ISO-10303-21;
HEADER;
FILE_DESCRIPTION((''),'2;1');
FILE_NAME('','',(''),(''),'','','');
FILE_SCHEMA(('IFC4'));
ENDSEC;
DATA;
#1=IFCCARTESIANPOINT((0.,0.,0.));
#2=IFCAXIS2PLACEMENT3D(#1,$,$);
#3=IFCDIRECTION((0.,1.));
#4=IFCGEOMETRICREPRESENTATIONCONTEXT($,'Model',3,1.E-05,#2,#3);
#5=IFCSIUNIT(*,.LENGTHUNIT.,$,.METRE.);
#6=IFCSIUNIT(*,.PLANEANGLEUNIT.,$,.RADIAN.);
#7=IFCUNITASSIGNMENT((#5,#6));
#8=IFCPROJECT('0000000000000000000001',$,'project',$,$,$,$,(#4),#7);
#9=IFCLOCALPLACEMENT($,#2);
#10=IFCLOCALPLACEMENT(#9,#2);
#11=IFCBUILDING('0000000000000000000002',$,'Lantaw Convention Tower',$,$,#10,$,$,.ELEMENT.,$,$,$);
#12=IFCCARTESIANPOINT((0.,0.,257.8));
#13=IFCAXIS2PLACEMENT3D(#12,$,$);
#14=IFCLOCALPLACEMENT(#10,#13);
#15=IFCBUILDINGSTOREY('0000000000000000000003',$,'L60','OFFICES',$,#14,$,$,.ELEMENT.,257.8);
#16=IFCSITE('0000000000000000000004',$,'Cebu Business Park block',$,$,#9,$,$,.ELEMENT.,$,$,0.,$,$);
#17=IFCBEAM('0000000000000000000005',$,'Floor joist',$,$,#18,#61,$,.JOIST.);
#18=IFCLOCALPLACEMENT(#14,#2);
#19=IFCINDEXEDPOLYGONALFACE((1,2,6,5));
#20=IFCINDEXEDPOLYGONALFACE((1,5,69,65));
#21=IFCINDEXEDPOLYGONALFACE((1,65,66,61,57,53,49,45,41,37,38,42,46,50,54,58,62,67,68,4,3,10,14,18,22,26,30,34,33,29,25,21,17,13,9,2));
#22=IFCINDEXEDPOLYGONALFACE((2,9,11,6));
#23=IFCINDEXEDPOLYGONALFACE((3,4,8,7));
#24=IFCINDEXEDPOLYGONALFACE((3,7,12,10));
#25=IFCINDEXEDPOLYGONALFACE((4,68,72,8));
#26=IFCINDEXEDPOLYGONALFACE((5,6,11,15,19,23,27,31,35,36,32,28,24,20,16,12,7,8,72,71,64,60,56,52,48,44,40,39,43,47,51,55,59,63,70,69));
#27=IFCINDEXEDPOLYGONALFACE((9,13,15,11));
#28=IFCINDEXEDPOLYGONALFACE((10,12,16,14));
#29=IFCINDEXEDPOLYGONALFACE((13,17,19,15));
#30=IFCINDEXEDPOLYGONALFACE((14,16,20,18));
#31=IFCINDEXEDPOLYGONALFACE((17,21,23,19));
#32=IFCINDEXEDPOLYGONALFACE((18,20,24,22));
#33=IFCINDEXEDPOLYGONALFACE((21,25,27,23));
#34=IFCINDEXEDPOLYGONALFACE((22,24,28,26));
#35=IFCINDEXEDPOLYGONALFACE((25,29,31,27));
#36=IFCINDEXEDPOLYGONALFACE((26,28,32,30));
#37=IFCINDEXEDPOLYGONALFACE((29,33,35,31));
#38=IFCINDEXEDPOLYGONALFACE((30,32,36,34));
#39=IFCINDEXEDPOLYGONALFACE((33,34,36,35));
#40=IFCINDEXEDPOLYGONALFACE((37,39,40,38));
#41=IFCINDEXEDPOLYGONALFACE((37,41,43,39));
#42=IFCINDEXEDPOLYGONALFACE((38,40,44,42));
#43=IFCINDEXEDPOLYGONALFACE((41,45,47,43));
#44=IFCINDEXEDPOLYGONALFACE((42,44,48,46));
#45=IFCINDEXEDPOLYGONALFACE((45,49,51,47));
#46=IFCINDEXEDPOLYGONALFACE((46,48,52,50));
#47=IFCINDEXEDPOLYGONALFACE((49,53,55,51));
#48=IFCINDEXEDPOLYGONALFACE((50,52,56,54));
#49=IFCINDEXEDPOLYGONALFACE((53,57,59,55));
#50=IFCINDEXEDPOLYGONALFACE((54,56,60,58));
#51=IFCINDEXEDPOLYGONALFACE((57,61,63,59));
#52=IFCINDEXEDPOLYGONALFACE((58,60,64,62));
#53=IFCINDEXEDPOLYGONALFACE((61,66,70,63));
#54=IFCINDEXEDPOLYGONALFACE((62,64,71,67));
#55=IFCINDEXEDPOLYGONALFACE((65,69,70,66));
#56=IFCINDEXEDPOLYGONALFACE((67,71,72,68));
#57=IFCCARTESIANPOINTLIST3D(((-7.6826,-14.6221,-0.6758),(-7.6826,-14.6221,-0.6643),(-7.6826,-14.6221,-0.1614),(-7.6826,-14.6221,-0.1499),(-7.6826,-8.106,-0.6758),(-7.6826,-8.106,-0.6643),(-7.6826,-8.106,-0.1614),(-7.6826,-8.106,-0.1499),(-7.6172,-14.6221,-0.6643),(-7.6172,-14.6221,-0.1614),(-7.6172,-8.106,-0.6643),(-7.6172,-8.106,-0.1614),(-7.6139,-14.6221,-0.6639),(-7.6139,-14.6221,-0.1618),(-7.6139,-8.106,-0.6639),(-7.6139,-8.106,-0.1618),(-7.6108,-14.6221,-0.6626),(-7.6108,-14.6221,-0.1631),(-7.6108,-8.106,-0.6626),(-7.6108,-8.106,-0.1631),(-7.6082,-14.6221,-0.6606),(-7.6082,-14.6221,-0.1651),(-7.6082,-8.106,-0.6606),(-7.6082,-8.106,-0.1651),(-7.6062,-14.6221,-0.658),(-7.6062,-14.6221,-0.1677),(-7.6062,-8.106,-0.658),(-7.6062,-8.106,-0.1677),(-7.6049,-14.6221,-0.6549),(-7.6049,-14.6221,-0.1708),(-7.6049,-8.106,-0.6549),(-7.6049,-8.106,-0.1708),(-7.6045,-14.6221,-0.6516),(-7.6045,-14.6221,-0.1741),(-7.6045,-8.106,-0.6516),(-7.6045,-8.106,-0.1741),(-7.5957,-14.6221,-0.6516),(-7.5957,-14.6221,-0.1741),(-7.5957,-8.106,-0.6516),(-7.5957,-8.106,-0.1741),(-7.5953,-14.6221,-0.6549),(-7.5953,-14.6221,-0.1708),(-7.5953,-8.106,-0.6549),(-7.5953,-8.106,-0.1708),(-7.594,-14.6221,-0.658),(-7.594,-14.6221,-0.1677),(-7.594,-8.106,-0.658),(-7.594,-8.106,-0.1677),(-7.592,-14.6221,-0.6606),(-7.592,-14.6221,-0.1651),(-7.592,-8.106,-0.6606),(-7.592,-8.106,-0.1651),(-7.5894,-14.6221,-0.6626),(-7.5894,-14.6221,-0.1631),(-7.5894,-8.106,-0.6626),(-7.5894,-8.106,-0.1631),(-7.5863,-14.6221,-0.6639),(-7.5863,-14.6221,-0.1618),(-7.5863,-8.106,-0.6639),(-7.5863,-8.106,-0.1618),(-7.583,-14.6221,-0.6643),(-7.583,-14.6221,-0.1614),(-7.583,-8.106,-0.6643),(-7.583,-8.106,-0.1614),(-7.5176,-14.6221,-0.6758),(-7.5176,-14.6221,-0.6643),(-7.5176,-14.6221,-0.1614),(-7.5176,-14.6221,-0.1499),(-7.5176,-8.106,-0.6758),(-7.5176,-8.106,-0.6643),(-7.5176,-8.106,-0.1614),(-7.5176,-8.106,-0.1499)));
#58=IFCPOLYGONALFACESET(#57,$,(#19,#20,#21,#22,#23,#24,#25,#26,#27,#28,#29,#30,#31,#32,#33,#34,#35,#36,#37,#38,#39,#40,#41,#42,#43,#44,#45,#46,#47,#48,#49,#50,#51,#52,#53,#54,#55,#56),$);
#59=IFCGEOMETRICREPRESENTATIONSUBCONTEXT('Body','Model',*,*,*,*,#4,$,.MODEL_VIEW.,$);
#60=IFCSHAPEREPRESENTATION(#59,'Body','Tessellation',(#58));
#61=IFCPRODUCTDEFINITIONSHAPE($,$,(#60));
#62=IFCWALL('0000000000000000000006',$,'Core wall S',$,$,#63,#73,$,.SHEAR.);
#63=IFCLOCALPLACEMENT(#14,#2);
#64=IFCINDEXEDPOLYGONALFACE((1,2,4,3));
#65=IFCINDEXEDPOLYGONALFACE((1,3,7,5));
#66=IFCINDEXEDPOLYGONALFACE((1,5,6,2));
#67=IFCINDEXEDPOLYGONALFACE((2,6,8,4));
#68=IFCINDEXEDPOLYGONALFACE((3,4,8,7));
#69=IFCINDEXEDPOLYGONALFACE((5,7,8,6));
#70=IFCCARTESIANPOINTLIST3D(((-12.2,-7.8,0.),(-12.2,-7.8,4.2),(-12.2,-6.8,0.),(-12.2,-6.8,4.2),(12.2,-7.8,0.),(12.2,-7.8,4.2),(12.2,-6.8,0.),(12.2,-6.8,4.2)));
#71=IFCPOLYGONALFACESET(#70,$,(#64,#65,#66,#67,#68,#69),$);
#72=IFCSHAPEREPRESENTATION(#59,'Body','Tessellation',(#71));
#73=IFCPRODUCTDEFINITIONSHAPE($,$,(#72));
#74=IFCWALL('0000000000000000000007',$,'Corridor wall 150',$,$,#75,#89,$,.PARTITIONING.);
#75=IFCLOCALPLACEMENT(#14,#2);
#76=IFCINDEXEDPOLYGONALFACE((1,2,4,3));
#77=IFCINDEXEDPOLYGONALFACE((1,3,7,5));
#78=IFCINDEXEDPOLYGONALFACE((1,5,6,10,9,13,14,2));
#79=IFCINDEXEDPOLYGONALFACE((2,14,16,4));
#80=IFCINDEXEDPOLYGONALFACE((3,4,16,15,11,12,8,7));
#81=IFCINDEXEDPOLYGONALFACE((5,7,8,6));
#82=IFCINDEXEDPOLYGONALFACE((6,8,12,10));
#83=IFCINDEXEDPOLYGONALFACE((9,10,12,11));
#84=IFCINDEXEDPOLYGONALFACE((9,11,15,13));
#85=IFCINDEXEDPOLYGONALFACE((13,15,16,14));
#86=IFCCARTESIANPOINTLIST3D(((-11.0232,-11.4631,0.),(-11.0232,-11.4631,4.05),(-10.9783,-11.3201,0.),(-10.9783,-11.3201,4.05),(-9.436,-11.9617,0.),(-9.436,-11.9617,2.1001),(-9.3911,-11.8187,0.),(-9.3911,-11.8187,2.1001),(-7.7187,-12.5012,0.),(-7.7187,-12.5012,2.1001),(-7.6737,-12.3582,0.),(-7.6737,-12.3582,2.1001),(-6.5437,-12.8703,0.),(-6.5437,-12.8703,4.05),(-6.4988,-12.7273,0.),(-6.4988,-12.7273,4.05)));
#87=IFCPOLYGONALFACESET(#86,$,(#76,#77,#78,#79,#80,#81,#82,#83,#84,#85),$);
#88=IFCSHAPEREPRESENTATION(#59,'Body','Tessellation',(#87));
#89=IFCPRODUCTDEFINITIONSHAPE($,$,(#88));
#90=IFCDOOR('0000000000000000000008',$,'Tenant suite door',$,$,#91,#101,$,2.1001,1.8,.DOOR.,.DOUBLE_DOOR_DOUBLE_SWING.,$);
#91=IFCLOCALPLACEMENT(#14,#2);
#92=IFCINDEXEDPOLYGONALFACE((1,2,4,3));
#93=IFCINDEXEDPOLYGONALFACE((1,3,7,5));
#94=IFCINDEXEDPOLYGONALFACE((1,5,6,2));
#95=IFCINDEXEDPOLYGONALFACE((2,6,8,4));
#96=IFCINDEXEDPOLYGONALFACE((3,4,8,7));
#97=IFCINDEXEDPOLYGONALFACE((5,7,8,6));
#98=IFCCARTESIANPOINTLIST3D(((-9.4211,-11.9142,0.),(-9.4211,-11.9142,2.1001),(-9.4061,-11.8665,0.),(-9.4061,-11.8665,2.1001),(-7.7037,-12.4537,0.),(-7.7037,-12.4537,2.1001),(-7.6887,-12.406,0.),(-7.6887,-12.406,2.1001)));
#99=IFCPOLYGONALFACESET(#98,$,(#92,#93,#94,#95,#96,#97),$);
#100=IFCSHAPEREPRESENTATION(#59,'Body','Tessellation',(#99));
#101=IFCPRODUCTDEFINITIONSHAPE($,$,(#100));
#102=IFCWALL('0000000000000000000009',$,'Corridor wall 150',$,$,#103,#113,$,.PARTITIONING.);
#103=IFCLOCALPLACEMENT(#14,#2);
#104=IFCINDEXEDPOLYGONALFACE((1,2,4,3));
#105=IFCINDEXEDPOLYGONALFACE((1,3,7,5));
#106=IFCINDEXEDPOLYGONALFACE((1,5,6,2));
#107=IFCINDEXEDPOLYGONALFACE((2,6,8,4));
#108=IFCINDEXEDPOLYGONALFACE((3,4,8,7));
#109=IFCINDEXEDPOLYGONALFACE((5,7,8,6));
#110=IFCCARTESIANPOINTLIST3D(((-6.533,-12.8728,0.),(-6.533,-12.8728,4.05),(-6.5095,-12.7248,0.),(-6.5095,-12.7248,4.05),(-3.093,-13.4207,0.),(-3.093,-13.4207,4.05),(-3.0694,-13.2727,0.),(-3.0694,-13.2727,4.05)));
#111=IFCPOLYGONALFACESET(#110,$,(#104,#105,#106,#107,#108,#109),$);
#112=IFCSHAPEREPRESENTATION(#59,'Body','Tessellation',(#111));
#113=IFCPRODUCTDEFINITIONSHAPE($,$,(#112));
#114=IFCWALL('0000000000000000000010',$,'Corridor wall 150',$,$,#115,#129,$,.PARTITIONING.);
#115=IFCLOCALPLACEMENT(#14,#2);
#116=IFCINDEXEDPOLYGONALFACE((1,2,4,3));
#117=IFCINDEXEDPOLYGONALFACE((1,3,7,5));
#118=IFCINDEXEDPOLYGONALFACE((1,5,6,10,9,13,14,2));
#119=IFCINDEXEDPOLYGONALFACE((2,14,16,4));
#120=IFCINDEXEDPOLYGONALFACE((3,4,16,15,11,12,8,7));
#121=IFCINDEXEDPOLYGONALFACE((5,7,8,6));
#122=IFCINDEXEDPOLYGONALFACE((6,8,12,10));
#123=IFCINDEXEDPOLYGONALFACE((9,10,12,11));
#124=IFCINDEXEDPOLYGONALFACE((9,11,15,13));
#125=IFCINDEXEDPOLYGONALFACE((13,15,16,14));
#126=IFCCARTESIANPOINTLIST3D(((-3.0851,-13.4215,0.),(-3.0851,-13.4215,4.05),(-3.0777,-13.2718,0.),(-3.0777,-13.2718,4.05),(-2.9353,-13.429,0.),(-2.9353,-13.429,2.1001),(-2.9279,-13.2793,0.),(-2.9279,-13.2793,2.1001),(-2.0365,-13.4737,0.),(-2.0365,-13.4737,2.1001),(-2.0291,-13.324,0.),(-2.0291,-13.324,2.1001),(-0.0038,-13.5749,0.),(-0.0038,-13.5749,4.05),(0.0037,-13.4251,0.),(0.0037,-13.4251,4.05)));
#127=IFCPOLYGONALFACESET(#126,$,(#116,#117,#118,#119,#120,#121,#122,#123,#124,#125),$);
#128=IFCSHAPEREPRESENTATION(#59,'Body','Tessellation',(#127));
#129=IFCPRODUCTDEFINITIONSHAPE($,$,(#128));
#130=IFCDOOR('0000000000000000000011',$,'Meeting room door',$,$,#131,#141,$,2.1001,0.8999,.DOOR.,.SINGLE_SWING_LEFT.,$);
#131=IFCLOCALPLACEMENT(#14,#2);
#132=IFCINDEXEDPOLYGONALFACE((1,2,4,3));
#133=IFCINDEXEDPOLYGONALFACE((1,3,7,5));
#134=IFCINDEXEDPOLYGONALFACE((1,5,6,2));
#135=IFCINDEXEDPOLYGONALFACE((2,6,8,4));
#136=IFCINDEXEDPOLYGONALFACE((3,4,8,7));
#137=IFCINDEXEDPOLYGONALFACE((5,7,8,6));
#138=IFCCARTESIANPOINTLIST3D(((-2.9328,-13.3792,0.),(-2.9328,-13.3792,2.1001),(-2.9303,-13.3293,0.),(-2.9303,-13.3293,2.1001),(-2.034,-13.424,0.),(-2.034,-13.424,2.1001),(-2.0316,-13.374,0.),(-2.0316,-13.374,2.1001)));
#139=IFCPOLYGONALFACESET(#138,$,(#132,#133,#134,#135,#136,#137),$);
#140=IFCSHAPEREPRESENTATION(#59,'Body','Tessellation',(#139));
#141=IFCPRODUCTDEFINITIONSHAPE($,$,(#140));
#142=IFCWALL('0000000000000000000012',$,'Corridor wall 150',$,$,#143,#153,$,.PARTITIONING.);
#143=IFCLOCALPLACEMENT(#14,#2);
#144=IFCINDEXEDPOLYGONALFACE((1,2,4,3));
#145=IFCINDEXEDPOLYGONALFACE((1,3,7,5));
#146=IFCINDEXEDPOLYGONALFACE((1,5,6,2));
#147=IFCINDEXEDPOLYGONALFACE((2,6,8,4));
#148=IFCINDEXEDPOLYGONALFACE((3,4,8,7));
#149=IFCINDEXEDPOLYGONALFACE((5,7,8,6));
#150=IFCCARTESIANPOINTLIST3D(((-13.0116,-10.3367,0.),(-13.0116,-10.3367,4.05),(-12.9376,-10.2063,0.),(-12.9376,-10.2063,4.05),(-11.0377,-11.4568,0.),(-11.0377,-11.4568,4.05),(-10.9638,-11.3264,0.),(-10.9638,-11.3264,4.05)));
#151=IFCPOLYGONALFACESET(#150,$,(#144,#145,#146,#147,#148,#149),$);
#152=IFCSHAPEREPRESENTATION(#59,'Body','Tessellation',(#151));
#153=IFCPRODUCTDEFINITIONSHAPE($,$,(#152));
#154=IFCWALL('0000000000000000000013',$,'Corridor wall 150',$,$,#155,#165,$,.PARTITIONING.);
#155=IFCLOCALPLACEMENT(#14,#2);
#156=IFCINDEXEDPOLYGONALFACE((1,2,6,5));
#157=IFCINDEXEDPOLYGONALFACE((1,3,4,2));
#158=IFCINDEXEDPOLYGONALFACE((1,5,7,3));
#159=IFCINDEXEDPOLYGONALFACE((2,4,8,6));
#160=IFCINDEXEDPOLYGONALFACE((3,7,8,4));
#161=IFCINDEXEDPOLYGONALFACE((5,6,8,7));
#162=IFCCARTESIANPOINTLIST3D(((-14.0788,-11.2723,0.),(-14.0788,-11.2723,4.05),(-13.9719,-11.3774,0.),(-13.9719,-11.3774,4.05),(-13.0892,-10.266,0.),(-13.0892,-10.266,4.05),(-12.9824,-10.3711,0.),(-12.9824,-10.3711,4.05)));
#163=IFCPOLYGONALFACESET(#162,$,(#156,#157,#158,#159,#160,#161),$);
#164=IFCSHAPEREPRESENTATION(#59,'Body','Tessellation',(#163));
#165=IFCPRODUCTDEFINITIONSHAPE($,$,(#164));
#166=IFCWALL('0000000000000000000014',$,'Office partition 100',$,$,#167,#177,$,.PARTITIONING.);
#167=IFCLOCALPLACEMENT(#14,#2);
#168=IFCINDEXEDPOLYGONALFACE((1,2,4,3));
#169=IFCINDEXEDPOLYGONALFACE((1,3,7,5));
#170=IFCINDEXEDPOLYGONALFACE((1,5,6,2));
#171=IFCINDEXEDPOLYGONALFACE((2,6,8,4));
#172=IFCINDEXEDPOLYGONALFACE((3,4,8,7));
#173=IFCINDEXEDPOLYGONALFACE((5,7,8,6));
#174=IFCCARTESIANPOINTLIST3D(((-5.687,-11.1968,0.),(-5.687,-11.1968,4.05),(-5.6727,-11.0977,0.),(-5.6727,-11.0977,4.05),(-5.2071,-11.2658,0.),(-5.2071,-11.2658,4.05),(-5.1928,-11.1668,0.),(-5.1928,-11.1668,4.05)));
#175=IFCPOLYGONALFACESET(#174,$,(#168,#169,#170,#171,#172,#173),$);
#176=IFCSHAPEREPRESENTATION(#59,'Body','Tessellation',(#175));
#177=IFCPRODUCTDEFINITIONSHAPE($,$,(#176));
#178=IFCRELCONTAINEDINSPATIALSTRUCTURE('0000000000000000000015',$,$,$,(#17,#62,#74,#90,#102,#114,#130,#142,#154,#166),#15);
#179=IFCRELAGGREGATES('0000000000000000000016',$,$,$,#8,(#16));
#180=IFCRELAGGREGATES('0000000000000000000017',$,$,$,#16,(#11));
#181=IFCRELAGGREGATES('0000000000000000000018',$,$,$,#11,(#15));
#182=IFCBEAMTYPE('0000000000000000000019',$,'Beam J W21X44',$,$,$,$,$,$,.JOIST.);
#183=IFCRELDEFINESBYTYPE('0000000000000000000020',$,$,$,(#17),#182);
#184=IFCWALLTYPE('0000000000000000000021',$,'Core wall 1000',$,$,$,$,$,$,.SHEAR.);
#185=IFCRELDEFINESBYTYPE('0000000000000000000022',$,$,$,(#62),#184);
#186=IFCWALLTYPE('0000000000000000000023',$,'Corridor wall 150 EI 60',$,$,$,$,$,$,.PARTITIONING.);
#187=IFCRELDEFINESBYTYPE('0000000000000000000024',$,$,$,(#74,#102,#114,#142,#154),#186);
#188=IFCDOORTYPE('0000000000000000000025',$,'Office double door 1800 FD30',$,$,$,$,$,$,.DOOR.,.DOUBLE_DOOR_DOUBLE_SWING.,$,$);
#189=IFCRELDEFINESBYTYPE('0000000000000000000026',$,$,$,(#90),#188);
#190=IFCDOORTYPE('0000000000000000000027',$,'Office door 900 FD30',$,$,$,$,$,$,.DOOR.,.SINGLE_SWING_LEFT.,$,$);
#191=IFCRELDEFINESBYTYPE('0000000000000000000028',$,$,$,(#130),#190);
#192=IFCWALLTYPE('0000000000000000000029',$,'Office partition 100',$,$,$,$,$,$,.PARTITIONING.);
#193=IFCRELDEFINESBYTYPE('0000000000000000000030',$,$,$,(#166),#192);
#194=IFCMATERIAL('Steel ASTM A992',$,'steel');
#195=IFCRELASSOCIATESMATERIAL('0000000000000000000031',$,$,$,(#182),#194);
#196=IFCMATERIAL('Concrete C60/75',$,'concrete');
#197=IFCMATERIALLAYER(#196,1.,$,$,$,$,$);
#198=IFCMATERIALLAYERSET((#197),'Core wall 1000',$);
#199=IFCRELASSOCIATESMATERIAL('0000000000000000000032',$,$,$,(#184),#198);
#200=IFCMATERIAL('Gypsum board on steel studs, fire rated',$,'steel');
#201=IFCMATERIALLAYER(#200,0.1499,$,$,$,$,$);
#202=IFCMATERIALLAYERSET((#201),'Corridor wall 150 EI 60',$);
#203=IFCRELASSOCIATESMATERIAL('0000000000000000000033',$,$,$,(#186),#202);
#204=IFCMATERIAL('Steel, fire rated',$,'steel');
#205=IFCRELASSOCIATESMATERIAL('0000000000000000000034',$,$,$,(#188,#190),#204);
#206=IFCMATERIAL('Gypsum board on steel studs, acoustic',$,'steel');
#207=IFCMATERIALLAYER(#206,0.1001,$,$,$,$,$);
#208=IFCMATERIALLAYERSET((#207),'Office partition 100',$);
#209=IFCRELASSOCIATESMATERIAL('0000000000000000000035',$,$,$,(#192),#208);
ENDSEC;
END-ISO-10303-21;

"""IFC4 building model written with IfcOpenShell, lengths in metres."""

from ifc_helpers import new_model, si_unit, direction, frame, frame_2d, origin, origin_2d, place, context, subcontext, project, spatial, rectangle, i_section, extrude, material, layer, layer_set, material_profile, profile_set, type_object, element, fill, save


model = new_model("IFC4")

# Units and contexts
model_context = context("Model", 3, precision=1e-05, world=origin(), true_north=direction((0.0, 1.0)))
body_context = subcontext(model_context, "Body", "Model", "MODEL_VIEW")
ifc_project = project(units=[si_unit("LENGTHUNIT", "METRE"), si_unit("PLANEANGLEUNIT", "RADIAN")], contexts=[model_context])

# Site, building, storey
site_placement = place(None, origin())
site = spatial("IfcSite", under=ifc_project, at=site_placement, Name="Cebu Business Park block", CompositionType="ELEMENT", RefElevation=0.0)
building_placement = place(site_placement, origin())
building = spatial("IfcBuilding", under=site, at=building_placement, Name="Lantaw Convention Tower", CompositionType="ELEMENT")
storey_placement = place(building_placement, frame((0.0, 0.0, 257.8)))
storey = spatial("IfcBuildingStorey", under=building, at=storey_placement, Name="L60", Description="OFFICES", CompositionType="ELEMENT", Elevation=257.8)

# Shared definitions
ifc_material_1 = material(Name="Concrete C60/75", Category="concrete")

# Beam
ifc_material_2 = material(Name="Steel ASTM A992", Category="steel")
ifc_material_profile_1 = material_profile(ifc_material_2, i_section(OverallWidth=0.165, OverallDepth=0.5259, WebThickness=0.0088, FlangeThickness=0.0115, FilletRadius=0.0127, at=origin_2d()), Name="W21X44")
ifc_profile_set_1 = profile_set([ifc_material_profile_1], Name="Steel ASTM A992")
beam_type_1 = type_object("IfcBeamType", Name="Beam J W21X44", PredefinedType="JOIST", material=ifc_profile_set_1)
beam_1_placement = place(storey_placement, frame((-7.6001, -14.6221, -0.4128), z_axis=(0.0, 1.0, 0.0), x_axis=(-1.0, 0.0, 0.0)))
element("IfcBeam", 1, at=beam_1_placement, inside=storey, type_object=beam_type_1, Name="Floor joist", PredefinedType="JOIST", context=body_context, shape_type="SweptSolid", body=[
    extrude(i_section(OverallWidth=0.165, OverallDepth=0.5259, WebThickness=0.0088, FlangeThickness=0.0115, FilletRadius=0.0127, at=origin_2d()), origin(), (0.0, 0.0, 1.0), 6.5161),
])

# Wall
ifc_layer_1 = layer(ifc_material_1, 1.0)
ifc_layer_set_1 = layer_set([ifc_layer_1], Name="Core wall 1000")
wall_type_1 = type_object("IfcWallType", Name="Core wall 1000", PredefinedType="SHEAR", material=ifc_layer_set_1)
wall_1_placement = place(storey_placement, frame((-12.2, -7.3, 0.0), z_axis=(0.0, 0.0, 1.0), x_axis=(1.0, 0.0, 0.0)))
element("IfcWall", 2, at=wall_1_placement, inside=storey, type_object=wall_type_1, Name="Core wall S", PredefinedType="SHEAR", context=body_context, shape_type="SweptSolid", body=[
    extrude(rectangle(XDim=24.3999, YDim=1.0, at=frame_2d((12.2, 0.0))), origin(), (0.0, 0.0, 1.0), 4.2),
])

# Wall, opening, door
ifc_material_3 = material(Name="Gypsum board on steel studs, fire rated", Category="steel")
ifc_layer_2 = layer(ifc_material_3, 0.1499)
ifc_layer_set_2 = layer_set([ifc_layer_2], Name="Corridor wall 150 EI 60")
wall_type_2 = type_object("IfcWallType", Name="Corridor wall 150 EI 60", PredefinedType="PARTITIONING", material=ifc_layer_set_2)
wall_2_placement = place(storey_placement, frame((-11.0007, -11.3916, 0.0), z_axis=(0.0, 0.0, 1.0), x_axis=(0.954031, -0.299708, 0.0)))
wall_2 = element("IfcWall", 3, at=wall_2_placement, inside=storey, type_object=wall_type_2, Name="Corridor wall 150", PredefinedType="PARTITIONING", context=body_context, shape_type="SweptSolid", body=[
    extrude(rectangle(XDim=4.6953, YDim=0.1499, at=frame_2d((2.3477, 0.0))), origin(), (0.0, 0.0, 1.0), 4.05),
])
opening_1_placement = place(wall_2_placement, frame((1.6638, 0.0, 0.0)))
opening_1 = element("IfcOpeningElement", 4, at=opening_1_placement, cuts=wall_2, PredefinedType="OPENING", context=body_context, shape_type="SweptSolid", body=[
    extrude(rectangle(XDim=1.8, YDim=2.1001, at=frame_2d((0.8999, 1.05))), frame((0.0, 0.085, 0.0), z_axis=(0.0, -1.0, 0.0), x_axis=(1.0, 0.0, 0.0)), (0.0, 0.0, 1.0), 0.1699),
])
ifc_material_4 = material(Name="Steel, fire rated", Category="steel")
door_type_1 = type_object("IfcDoorType", Name="Office double door 1800 FD30", OperationType="DOUBLE_DOOR_DOUBLE_SWING", PredefinedType="DOOR", material=ifc_material_4)
door_1_placement = place(opening_1_placement, origin())
door_1 = element("IfcDoor", 5, at=door_1_placement, inside=storey, type_object=door_type_1, Name="Tenant suite door", OperationType="DOUBLE_DOOR_DOUBLE_SWING", OverallHeight=2.1001, OverallWidth=1.8, PredefinedType="DOOR", context=body_context, shape_type="SweptSolid", body=[
    extrude(rectangle(XDim=1.8, YDim=2.1001, at=frame_2d((0.8999, 1.05))), frame((0.0, 0.0249, 0.0), z_axis=(0.0, -1.0, 0.0), x_axis=(1.0, 0.0, 0.0)), (0.0, 0.0, 1.0), 0.05),
])
fill(opening_1, door_1)

# Wall
wall_3_placement = place(storey_placement, frame((-6.5212, -12.7988, 0.0), z_axis=(0.0, 0.0, 1.0), x_axis=(0.987554, -0.15728, 0.0)))
element("IfcWall", 6, at=wall_3_placement, inside=storey, type_object=wall_type_2, Name="Corridor wall 150", PredefinedType="PARTITIONING", context=body_context, shape_type="SweptSolid", body=[
    extrude(rectangle(XDim=3.4834, YDim=0.1499, at=frame_2d((1.7417, 0.0))), origin(), (0.0, 0.0, 1.0), 4.05),
])

# Wall, opening, door
wall_4_placement = place(storey_placement, frame((-3.0813, -13.3467, 0.0), z_axis=(0.0, 0.0, 1.0), x_axis=(0.998764, -0.049697, 0.0)))
wall_4 = element("IfcWall", 7, at=wall_4_placement, inside=storey, type_object=wall_type_2, Name="Corridor wall 150", PredefinedType="PARTITIONING", context=body_context, shape_type="SweptSolid", body=[
    extrude(rectangle(XDim=3.0852, YDim=0.1499, at=frame_2d((1.5425, 0.0))), origin(), (0.0, 0.0, 1.0), 4.05),
])
opening_2_placement = place(wall_4_placement, frame((0.1499, 0.0, 0.0)))
opening_2 = element("IfcOpeningElement", 8, at=opening_2_placement, cuts=wall_4, PredefinedType="OPENING", context=body_context, shape_type="SweptSolid", body=[
    extrude(rectangle(XDim=0.8999, YDim=2.1001, at=frame_2d((0.45, 1.05))), frame((0.0, 0.085, 0.0), z_axis=(0.0, -1.0, 0.0), x_axis=(1.0, 0.0, 0.0)), (0.0, 0.0, 1.0), 0.1699),
])
door_type_2 = type_object("IfcDoorType", Name="Office door 900 FD30", OperationType="SINGLE_SWING_LEFT", PredefinedType="DOOR", material=ifc_material_4)
door_2_placement = place(opening_2_placement, origin())
door_2 = element("IfcDoor", 9, at=door_2_placement, inside=storey, type_object=door_type_2, Name="Meeting room door", OperationType="SINGLE_SWING_LEFT", OverallHeight=2.1001, OverallWidth=0.8999, PredefinedType="DOOR", context=body_context, shape_type="SweptSolid", body=[
    extrude(rectangle(XDim=0.8999, YDim=2.1001, at=frame_2d((0.45, 1.05))), frame((0.0, 0.0249, 0.0), z_axis=(0.0, -1.0, 0.0), x_axis=(1.0, 0.0, 0.0)), (0.0, 0.0, 1.0), 0.05),
])
fill(opening_2, door_2)

# Walls
wall_5_placement = place(storey_placement, frame((-12.9746, -10.2715, 0.0), z_axis=(0.0, 0.0, 1.0), x_axis=(0.869722, -0.493542, 0.0)))
element("IfcWall", 10, at=wall_5_placement, inside=storey, type_object=wall_type_2, Name="Corridor wall 150", PredefinedType="PARTITIONING", context=body_context, shape_type="SweptSolid", body=[
    extrude(rectangle(XDim=2.2695, YDim=0.1499, at=frame_2d((1.1348, 0.0))), origin(), (0.0, 0.0, 1.0), 4.05),
])
wall_6_placement = place(storey_placement, frame((-13.0359, -10.3186, 0.0), z_axis=(0.0, 0.0, 1.0), x_axis=(-0.701114, -0.71305, 0.0)))
element("IfcWall", 11, at=wall_6_placement, inside=storey, type_object=wall_type_2, Name="Corridor wall 150", PredefinedType="PARTITIONING", context=body_context, shape_type="SweptSolid", body=[
    extrude(rectangle(XDim=1.4114, YDim=0.1499, at=frame_2d((0.7056, 0.0))), origin(), (0.0, 0.0, 1.0), 4.05),
])
ifc_material_5 = material(Name="Gypsum board on steel studs, acoustic", Category="steel")
ifc_layer_3 = layer(ifc_material_5, 0.1001)
ifc_layer_set_3 = layer_set([ifc_layer_3], Name="Office partition 100")
wall_type_3 = type_object("IfcWallType", Name="Office partition 100", PredefinedType="PARTITIONING", material=ifc_layer_set_3)
wall_7_placement = place(storey_placement, frame((-5.2, -11.2163, 0.0), z_axis=(0.0, 0.0, 1.0), x_axis=(-0.989798, 0.142479, 0.0)))
element("IfcWall", 12, at=wall_7_placement, inside=storey, type_object=wall_type_3, Name="Office partition 100", PredefinedType="PARTITIONING", context=body_context, shape_type="SweptSolid", body=[
    extrude(rectangle(XDim=0.4849, YDim=0.1001, at=frame_2d((0.2424, 0.0))), origin(), (0.0, 0.0, 1.0), 4.05),
])

save(model, "model.ifc")
